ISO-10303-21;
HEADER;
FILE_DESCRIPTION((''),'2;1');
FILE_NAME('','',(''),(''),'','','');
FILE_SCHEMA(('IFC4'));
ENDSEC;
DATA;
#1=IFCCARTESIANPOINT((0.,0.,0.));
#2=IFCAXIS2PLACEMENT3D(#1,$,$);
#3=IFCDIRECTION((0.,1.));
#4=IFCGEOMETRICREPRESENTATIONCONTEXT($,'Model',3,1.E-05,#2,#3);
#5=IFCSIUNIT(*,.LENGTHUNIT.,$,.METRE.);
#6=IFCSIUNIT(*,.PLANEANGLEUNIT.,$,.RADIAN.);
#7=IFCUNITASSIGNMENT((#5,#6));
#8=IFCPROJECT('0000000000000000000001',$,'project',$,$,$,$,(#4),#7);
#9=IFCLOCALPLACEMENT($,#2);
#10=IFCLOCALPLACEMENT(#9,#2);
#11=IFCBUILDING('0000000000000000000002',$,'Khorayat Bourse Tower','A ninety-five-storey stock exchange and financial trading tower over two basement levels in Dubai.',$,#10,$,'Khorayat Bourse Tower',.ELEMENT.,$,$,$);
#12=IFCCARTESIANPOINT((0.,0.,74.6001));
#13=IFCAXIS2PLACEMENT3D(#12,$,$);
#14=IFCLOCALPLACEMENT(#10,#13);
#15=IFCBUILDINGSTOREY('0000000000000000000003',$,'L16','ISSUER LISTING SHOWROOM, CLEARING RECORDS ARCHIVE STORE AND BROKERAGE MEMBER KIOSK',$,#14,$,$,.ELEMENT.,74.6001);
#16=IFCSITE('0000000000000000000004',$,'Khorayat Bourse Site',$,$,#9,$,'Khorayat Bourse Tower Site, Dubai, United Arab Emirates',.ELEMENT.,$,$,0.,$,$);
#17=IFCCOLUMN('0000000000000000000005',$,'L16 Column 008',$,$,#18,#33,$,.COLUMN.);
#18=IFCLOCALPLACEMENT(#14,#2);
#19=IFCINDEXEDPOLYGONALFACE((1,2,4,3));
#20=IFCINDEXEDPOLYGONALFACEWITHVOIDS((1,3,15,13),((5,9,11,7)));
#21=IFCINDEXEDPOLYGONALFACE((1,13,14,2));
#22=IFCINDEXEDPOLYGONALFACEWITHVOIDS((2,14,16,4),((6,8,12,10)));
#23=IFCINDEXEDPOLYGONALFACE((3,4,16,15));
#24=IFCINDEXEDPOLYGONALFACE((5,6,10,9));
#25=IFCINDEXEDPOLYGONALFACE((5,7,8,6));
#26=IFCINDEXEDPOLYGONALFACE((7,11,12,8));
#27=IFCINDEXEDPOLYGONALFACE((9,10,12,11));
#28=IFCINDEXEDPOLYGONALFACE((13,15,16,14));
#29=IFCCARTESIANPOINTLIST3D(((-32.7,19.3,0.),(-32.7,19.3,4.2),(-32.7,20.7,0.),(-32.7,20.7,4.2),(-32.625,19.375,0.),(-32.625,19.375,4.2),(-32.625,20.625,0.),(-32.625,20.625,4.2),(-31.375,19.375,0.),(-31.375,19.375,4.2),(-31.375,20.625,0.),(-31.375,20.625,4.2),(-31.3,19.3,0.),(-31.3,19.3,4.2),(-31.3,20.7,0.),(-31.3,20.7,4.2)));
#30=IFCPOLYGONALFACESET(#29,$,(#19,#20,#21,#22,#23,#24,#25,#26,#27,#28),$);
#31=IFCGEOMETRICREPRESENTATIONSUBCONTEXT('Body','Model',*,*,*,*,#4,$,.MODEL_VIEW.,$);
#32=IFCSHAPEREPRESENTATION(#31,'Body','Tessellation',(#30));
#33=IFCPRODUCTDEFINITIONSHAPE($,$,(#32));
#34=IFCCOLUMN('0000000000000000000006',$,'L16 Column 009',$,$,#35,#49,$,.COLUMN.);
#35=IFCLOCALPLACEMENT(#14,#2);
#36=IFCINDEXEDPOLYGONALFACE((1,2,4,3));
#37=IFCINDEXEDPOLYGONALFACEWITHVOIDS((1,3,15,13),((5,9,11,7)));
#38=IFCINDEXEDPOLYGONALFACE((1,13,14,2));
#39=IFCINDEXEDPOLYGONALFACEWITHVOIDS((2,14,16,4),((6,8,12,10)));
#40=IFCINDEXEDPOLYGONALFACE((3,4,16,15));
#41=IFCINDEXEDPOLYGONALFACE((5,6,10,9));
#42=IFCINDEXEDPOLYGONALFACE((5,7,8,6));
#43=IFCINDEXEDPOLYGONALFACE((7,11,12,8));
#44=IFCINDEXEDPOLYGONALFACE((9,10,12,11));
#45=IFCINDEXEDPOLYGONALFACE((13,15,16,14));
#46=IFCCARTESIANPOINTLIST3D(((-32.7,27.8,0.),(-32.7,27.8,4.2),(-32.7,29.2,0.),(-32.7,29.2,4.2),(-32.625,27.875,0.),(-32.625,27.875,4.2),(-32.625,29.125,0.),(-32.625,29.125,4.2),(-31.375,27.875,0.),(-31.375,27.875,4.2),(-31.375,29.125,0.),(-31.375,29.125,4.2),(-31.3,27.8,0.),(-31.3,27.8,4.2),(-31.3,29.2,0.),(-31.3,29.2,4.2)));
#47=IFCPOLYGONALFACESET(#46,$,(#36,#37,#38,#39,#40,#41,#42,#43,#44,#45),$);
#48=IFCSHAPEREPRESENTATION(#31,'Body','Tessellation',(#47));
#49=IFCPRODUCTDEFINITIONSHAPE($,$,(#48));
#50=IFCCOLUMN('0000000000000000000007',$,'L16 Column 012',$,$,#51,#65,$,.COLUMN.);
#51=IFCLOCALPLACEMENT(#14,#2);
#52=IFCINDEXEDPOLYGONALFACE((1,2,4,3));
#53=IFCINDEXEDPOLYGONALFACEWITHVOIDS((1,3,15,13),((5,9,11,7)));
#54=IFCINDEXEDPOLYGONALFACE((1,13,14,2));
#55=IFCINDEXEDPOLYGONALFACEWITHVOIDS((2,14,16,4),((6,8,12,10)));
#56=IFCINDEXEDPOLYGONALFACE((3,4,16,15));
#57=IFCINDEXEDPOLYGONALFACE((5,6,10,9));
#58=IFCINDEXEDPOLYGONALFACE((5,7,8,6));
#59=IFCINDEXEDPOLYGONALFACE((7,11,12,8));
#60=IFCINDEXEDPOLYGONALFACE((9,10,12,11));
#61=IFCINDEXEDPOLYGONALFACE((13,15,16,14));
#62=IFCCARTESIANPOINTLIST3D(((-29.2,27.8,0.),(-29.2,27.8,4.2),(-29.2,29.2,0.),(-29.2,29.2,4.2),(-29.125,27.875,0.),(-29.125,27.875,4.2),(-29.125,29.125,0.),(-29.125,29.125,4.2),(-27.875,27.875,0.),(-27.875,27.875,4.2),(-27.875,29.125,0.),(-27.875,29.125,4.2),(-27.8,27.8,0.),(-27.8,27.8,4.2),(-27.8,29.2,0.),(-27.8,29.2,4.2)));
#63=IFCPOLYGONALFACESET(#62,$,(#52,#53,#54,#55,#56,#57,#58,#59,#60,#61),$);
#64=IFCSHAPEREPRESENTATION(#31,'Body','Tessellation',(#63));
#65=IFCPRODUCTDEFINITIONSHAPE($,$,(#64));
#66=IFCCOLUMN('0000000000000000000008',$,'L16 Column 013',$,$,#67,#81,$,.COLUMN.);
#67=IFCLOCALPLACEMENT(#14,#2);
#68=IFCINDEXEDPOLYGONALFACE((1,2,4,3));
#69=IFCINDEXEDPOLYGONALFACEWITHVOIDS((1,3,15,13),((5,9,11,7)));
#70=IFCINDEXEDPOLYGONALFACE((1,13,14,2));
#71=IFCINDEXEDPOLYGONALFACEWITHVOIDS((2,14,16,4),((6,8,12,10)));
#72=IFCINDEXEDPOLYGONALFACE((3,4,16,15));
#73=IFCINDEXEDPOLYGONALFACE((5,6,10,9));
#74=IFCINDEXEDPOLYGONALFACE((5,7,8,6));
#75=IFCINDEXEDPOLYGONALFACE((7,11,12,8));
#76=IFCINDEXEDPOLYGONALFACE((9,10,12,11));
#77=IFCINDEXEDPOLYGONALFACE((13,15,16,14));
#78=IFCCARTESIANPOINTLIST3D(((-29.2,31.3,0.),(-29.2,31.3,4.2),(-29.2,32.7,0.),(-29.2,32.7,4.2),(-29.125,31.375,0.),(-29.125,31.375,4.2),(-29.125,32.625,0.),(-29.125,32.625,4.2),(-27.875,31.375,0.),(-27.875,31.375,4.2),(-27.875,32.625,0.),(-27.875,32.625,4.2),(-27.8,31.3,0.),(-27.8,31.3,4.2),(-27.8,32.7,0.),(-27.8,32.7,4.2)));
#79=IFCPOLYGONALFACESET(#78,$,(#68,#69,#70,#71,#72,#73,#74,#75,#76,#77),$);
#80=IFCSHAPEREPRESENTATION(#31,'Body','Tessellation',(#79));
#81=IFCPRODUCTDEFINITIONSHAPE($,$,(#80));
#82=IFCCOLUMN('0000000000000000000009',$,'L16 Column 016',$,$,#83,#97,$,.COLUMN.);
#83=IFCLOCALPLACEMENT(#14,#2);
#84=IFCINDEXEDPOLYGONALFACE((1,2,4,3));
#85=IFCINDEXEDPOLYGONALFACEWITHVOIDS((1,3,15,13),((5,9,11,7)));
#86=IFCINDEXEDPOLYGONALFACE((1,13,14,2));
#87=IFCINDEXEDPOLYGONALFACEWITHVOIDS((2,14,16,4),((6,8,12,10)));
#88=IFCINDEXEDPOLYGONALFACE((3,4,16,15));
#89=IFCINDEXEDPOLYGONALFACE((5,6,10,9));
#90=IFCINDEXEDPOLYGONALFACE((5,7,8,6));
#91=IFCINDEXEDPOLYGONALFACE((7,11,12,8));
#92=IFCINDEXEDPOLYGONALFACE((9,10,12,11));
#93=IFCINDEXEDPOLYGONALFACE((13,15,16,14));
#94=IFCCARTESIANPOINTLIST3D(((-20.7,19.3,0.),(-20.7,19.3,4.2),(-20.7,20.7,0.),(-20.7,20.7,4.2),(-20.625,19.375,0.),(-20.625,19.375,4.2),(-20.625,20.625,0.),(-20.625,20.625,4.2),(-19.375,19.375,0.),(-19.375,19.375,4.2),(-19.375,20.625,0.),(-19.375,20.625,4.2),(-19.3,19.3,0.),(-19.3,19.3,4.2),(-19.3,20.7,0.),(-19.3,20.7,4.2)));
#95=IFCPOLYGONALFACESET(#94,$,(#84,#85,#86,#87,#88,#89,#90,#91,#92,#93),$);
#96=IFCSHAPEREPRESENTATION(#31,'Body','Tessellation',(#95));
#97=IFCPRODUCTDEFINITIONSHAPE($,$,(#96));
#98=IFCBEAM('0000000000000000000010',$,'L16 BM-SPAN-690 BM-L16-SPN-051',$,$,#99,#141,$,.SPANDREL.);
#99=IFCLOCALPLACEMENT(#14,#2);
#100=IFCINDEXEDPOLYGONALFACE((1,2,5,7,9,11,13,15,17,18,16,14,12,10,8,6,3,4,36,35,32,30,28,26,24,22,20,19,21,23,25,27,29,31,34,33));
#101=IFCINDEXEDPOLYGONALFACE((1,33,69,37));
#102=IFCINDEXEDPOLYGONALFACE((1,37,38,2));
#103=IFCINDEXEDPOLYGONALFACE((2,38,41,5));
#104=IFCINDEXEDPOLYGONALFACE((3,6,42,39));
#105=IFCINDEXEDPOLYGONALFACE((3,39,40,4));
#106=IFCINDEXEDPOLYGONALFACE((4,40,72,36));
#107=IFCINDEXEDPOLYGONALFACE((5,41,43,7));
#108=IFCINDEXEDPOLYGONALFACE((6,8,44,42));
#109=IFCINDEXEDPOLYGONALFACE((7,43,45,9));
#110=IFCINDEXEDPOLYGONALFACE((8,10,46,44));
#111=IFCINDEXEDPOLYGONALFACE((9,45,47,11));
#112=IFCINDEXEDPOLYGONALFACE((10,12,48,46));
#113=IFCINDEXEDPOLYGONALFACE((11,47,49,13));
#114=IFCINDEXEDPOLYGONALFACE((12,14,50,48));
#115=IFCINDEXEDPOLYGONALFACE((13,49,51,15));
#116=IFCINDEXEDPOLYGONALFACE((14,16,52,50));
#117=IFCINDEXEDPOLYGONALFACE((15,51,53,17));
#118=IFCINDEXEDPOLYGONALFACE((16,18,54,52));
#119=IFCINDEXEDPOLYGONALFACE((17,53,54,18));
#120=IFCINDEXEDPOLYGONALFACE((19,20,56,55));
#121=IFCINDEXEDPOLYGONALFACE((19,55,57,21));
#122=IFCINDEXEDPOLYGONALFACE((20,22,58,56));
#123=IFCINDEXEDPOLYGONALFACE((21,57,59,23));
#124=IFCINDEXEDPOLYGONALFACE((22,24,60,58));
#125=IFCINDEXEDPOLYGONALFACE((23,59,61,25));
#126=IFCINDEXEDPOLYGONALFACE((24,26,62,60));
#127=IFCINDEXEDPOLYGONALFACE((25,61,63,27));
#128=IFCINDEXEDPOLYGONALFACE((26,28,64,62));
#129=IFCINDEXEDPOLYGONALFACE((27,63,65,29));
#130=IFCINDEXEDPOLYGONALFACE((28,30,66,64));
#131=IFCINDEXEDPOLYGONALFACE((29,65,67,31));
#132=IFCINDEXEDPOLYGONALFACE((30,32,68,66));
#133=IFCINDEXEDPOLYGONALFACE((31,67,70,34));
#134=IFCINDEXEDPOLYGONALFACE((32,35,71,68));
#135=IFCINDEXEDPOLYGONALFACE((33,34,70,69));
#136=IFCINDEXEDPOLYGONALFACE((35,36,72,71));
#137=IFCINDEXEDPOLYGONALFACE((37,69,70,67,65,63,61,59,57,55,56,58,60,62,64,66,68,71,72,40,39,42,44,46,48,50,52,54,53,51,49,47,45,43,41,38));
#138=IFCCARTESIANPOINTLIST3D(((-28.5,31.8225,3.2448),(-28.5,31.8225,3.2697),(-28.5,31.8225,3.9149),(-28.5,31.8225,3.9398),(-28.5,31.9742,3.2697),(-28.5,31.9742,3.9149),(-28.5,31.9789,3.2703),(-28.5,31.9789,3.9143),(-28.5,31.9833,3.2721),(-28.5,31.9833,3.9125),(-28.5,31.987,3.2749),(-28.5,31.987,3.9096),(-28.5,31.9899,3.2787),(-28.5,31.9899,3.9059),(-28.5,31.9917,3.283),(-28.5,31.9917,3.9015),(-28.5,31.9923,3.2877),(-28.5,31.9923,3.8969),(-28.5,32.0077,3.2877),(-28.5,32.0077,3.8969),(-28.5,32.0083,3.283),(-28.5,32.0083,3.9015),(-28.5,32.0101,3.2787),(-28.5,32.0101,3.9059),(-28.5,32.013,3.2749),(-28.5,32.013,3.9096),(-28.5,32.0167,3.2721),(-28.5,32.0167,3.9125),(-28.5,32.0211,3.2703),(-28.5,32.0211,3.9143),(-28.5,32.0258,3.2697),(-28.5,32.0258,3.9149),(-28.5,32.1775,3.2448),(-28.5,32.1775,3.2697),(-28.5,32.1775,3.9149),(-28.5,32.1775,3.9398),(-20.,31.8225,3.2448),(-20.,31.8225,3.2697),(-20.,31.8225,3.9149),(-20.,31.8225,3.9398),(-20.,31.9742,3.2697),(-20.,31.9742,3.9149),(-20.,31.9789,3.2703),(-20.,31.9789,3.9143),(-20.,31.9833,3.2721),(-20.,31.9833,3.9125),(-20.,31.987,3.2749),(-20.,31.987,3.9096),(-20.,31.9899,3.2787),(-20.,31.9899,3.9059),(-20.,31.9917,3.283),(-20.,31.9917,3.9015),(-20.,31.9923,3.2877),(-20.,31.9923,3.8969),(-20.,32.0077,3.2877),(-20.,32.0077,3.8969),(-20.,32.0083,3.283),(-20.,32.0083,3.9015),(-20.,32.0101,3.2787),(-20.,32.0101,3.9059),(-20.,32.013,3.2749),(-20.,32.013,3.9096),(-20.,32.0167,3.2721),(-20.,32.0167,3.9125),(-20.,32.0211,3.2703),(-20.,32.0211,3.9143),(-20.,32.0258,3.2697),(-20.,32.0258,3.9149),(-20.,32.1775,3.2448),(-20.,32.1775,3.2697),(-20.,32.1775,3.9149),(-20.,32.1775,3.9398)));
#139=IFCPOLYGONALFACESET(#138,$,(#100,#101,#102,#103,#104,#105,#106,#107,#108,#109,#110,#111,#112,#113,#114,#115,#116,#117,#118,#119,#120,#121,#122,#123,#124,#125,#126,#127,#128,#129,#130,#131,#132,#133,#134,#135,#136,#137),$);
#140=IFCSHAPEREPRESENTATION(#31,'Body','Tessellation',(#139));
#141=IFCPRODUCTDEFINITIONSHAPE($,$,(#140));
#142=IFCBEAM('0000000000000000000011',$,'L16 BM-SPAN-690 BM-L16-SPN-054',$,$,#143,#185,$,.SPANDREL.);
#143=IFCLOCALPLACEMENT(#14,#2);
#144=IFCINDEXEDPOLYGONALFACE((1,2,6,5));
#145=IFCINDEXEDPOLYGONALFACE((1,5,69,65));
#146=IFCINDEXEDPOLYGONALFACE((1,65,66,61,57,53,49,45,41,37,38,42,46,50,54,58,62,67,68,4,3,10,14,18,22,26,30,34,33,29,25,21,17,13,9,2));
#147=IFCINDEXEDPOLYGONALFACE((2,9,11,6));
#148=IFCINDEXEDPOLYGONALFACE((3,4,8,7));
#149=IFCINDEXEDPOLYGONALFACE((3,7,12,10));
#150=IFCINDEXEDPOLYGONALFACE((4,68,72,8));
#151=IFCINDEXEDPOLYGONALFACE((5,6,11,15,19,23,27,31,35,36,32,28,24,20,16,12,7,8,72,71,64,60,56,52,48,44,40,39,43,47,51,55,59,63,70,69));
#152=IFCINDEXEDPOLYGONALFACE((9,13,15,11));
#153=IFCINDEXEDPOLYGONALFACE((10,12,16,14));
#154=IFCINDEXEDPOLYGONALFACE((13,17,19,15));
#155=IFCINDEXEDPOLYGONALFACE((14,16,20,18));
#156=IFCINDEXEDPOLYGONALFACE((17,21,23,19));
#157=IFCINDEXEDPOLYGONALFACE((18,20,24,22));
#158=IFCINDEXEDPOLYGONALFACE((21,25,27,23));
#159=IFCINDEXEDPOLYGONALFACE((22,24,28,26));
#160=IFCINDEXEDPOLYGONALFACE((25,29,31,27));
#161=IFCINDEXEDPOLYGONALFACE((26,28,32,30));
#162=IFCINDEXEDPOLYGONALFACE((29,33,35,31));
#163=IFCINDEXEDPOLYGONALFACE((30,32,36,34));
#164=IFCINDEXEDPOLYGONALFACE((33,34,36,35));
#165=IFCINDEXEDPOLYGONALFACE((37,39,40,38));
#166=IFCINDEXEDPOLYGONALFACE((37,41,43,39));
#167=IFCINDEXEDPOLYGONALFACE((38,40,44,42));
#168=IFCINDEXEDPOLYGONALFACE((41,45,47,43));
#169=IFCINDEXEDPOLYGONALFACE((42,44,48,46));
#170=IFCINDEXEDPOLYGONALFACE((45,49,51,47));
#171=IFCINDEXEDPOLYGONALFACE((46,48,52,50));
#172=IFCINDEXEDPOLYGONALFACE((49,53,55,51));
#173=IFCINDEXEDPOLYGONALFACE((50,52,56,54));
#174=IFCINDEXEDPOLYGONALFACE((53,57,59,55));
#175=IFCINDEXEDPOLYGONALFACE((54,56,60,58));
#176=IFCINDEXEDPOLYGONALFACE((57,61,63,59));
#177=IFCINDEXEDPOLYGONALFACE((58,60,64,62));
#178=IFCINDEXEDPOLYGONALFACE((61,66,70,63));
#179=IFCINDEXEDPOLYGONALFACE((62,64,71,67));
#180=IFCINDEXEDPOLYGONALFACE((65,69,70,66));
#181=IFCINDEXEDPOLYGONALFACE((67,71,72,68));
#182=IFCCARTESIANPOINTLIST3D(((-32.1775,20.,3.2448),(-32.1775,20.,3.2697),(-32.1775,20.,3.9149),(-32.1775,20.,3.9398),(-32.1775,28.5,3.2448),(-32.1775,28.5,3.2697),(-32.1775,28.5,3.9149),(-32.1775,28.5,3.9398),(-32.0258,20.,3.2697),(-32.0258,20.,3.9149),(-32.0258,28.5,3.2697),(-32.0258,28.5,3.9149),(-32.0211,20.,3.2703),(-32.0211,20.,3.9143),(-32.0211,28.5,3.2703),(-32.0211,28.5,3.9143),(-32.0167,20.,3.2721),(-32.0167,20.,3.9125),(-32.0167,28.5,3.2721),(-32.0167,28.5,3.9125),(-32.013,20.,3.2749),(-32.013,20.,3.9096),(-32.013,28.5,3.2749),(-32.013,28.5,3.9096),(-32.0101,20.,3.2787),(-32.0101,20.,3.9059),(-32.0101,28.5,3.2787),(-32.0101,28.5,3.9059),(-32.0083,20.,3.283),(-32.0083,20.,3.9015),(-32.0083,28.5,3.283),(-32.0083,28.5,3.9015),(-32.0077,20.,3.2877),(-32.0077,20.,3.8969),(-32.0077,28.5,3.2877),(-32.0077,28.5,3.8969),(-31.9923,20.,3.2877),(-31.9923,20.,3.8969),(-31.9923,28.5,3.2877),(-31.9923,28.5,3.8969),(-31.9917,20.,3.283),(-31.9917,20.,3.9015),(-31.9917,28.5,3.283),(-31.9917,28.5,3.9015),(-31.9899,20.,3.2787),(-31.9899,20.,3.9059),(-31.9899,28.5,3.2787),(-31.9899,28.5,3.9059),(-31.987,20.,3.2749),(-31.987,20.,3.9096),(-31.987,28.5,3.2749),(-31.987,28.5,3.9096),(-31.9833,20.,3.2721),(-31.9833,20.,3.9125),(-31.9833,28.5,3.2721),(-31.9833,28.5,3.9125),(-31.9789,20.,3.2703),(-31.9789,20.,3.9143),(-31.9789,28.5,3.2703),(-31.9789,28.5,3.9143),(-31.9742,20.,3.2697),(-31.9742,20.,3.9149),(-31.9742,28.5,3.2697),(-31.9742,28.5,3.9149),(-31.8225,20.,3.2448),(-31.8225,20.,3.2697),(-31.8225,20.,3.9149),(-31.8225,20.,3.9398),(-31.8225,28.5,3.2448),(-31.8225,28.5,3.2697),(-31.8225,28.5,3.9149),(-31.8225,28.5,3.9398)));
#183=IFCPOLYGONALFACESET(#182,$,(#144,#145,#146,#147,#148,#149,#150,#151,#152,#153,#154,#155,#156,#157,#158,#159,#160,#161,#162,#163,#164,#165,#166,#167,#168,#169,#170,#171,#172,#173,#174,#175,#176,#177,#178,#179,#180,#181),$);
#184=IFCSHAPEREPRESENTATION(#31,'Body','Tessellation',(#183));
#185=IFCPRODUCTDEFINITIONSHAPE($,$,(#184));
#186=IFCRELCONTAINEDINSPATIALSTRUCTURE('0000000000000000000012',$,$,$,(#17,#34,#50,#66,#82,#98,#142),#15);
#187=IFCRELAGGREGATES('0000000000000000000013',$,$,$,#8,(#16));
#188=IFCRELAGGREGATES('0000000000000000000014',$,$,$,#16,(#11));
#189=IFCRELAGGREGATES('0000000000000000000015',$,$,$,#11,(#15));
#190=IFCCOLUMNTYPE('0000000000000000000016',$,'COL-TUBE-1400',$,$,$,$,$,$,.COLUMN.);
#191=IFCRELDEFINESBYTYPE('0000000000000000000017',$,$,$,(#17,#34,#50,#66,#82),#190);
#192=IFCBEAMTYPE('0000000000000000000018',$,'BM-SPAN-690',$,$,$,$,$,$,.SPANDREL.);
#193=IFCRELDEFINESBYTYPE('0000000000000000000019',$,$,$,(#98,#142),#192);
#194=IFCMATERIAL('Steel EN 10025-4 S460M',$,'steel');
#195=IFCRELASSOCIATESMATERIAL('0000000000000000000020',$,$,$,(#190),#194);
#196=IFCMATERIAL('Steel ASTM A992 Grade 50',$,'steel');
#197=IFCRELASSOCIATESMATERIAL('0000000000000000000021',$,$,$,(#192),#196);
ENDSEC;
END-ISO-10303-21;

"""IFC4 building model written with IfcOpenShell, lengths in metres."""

from ifc_helpers import new_model, si_unit, direction, frame, origin, origin_2d, place, context, subcontext, project, spatial, hollow_rectangle, i_section, extrude, source, transform, mapped, material, material_profile, profile_set, type_object, element, save


model = new_model("IFC4")

# Units and contexts
model_context = context("Model", 3, precision=1e-05, world=origin(), true_north=direction((0.0, 1.0)))
body_context = subcontext(model_context, "Body", "Model", "MODEL_VIEW")
ifc_project = project(units=[si_unit("LENGTHUNIT", "METRE"), si_unit("PLANEANGLEUNIT", "RADIAN")], contexts=[model_context])

# Site, building, storey
site_placement = place(None, origin())
site = spatial("IfcSite", under=ifc_project, at=site_placement, Name="Khorayat Bourse Site", LongName="Khorayat Bourse Tower Site, Dubai, United Arab Emirates", CompositionType="ELEMENT", RefElevation=0.0)
building_placement = place(site_placement, origin())
building = spatial("IfcBuilding", under=site, at=building_placement, Name="Khorayat Bourse Tower", Description="A ninety-five-storey stock exchange and financial trading tower over two basement levels in Dubai.", LongName="Khorayat Bourse Tower", CompositionType="ELEMENT")
storey_placement = place(building_placement, frame((0.0, 0.0, 74.6001)))
storey = spatial("IfcBuildingStorey", under=building, at=storey_placement, Name="L16", Description="ISSUER LISTING SHOWROOM, CLEARING RECORDS ARCHIVE STORE AND BROKERAGE MEMBER KIOSK", CompositionType="ELEMENT", Elevation=74.6001)

# Columns
ifc_material_1 = material(Name="Steel EN 10025-4 S460M", Category="steel")
ifc_material_profile_1 = material_profile(ifc_material_1, hollow_rectangle(XDim=1.3999, YDim=1.3999, WallThickness=0.075, at=origin_2d()), Name="BOX 1400x1400x75")
ifc_profile_set_1 = profile_set([ifc_material_profile_1], Name="Steel EN 10025-4 S460M")
column_type = type_object("IfcColumnType", Name="COL-TUBE-1400", PredefinedType="COLUMN", material=ifc_profile_set_1)
shared_shape_1 = source(origin(), body_context, "Body", "SweptSolid", [
    extrude(hollow_rectangle(XDim=1.3999, YDim=1.3999, WallThickness=0.075, at=origin_2d()), origin(), (0.0, 0.0, 1.0), 4.2),
])
for number, where, z_axis, x_axis, name in (
    (1, (-32.0, 20.0, 0.0), (0.0, 0.0, 1.0), (1.0, 0.0, 0.0), "L16 Column 008"),
    (2, (-32.0, 28.5, 0.0), (0.0, 0.0, 1.0), (1.0, 0.0, 0.0), "L16 Column 009"),
    (3, (-28.5, 28.5, 0.0), (0.0, 0.0, 1.0), (1.0, 0.0, 0.0), "L16 Column 012"),
    (4, (-28.5, 32.0, 0.0), (0.0, 0.0, 1.0), (1.0, 0.0, 0.0), "L16 Column 013"),
    (5, (-20.0, 20.0, 0.0), (0.0, 0.0, 1.0), (1.0, 0.0, 0.0), "L16 Column 016"),
):
    element("IfcColumn", number, at=place(storey_placement, frame(where, z_axis=z_axis, x_axis=x_axis)), inside=storey, type_object=column_type, Name=name, PredefinedType="COLUMN", context=body_context, shape_type="MappedRepresentation", body=[
        mapped(shared_shape_1, transform((0.0, 0.0, 0.0), scale=1.0)),
    ])

# Beams
ifc_material_2 = material(Name="Steel ASTM A992 Grade 50", Category="steel")
ifc_material_profile_2 = material_profile(ifc_material_2, i_section(OverallWidth=0.355, OverallDepth=0.6951, WebThickness=0.0154, FlangeThickness=0.0249, FilletRadius=0.0181, at=origin_2d()), Name="W690X217")
ifc_profile_set_2 = profile_set([ifc_material_profile_2], Name="Steel ASTM A992 Grade 50")
beam_type_1 = type_object("IfcBeamType", Name="BM-SPAN-690", PredefinedType="SPANDREL", material=ifc_profile_set_2)
shared_shape_2 = source(origin(), body_context, "Body", "SweptSolid", [
    extrude(i_section(OverallWidth=0.355, OverallDepth=0.6951, WebThickness=0.0154, FlangeThickness=0.0249, FilletRadius=0.0181, at=origin_2d()), origin(), (0.0, 0.0, 1.0), 8.5),
])
for number, where, z_axis, x_axis, name in (
    (6, (-28.5, 32.0, 3.5923), (1.0, 0.0, 0.0), (0.0, 1.0, 0.0), "L16 BM-SPAN-690 BM-L16-SPN-051"),
    (7, (-32.0, 20.0, 3.5923), (0.0, 1.0, 0.0), (-1.0, 0.0, 0.0), "L16 BM-SPAN-690 BM-L16-SPN-054"),
):
    element("IfcBeam", number, at=place(storey_placement, frame(where, z_axis=z_axis, x_axis=x_axis)), inside=storey, type_object=beam_type_1, Name=name, PredefinedType="SPANDREL", context=body_context, shape_type="MappedRepresentation", body=[
        mapped(shared_shape_2, transform((0.0, 0.0, 0.0), scale=1.0)),
    ])

save(model, "model.ifc")
